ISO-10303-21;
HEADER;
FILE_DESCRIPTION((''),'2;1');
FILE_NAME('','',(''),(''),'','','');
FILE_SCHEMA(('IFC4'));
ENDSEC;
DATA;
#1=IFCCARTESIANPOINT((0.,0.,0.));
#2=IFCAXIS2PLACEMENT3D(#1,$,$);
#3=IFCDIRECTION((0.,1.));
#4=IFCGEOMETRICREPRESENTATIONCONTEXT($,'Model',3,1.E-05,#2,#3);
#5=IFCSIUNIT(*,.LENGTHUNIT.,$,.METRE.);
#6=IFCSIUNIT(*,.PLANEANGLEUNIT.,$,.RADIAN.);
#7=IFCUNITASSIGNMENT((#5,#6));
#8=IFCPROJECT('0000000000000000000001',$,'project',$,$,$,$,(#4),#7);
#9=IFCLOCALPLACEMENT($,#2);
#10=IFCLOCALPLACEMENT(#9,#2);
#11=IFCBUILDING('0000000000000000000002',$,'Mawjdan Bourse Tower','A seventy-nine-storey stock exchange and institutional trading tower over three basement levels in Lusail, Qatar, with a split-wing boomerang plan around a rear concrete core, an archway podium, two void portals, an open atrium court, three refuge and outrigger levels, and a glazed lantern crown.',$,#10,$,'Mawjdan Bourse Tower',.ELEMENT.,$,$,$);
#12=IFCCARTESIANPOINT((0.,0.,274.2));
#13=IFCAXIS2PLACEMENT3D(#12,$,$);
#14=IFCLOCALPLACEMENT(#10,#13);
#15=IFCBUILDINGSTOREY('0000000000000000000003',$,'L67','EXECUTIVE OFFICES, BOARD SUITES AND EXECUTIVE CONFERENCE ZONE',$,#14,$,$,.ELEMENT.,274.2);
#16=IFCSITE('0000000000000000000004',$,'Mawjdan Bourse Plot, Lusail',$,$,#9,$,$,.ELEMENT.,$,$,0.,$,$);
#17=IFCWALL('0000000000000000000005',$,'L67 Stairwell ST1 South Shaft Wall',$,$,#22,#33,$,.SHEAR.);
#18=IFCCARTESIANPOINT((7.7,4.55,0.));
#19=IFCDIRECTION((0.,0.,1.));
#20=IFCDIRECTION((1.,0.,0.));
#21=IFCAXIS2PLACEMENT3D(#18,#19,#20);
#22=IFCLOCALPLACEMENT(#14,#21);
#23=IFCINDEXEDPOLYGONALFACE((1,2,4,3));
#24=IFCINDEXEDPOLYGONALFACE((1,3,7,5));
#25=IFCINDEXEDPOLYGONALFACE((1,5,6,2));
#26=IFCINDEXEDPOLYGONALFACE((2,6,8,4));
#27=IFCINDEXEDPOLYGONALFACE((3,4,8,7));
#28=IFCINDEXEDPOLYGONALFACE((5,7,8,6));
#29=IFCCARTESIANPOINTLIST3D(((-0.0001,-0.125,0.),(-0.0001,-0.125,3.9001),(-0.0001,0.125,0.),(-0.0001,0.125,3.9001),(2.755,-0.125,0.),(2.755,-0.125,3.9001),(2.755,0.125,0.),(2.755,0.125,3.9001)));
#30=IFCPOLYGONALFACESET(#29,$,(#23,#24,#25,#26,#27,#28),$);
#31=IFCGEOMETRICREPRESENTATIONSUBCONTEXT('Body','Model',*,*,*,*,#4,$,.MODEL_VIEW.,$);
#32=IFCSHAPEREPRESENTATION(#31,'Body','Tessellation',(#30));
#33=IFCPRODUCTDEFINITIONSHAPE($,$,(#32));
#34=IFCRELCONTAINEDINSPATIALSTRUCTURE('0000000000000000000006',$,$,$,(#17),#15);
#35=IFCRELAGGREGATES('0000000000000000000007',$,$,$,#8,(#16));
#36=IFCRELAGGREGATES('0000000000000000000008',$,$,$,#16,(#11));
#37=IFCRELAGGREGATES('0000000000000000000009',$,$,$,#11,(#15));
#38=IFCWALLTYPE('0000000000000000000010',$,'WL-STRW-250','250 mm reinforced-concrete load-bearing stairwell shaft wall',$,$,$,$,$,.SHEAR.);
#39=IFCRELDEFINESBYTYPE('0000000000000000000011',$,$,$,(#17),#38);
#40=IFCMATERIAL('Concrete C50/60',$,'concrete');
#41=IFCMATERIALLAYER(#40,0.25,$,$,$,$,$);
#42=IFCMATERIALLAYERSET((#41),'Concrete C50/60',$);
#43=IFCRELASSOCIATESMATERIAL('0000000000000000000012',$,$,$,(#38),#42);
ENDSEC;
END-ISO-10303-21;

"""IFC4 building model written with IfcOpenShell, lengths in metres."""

from ifc_helpers import new_model, si_unit, direction, frame, frame_2d, origin, place, context, subcontext, project, spatial, rectangle, extrude, material, layer, layer_set, type_object, element, save


model = new_model("IFC4")

# Units and contexts
model_context = context("Model", 3, precision=1e-05, world=origin(), true_north=direction((0.0, 1.0)))
body_context = subcontext(model_context, "Body", "Model", "MODEL_VIEW")
ifc_project = project(units=[si_unit("LENGTHUNIT", "METRE"), si_unit("PLANEANGLEUNIT", "RADIAN")], contexts=[model_context])

# Site, building, storey
site_placement = place(None, origin())
site = spatial("IfcSite", under=ifc_project, at=site_placement, Name="Mawjdan Bourse Plot, Lusail", CompositionType="ELEMENT", RefElevation=0.0)
building_placement = place(site_placement, origin())
building = spatial("IfcBuilding", under=site, at=building_placement, Name="Mawjdan Bourse Tower", Description="A seventy-nine-storey stock exchange and institutional trading tower over three basement levels in Lusail, Qatar, with a split-wing boomerang plan around a rear concrete core, an archway podium, two void portals, an open atrium court, three refuge and outrigger levels, and a glazed lantern crown.", LongName="Mawjdan Bourse Tower", CompositionType="ELEMENT")
storey_placement = place(building_placement, frame((0.0, 0.0, 274.2)))
storey = spatial("IfcBuildingStorey", under=building, at=storey_placement, Name="L67", Description="EXECUTIVE OFFICES, BOARD SUITES AND EXECUTIVE CONFERENCE ZONE", CompositionType="ELEMENT", Elevation=274.2)

# Shared definitions
ifc_material_1 = material(Name="Concrete C50/60", Category="concrete")

# Wall
ifc_layer_1 = layer(ifc_material_1, 0.25)
ifc_layer_set_1 = layer_set([ifc_layer_1], Name="Concrete C50/60")
wall_type_1 = type_object("IfcWallType", Name="WL-STRW-250", Description="250 mm reinforced-concrete load-bearing stairwell shaft wall", PredefinedType="SHEAR", material=ifc_layer_set_1)
wall_1_placement = place(storey_placement, frame((7.7, 4.55, 0.0), z_axis=(0.0, 0.0, 1.0), x_axis=(1.0, 0.0, 0.0)))
element("IfcWall", 1, at=wall_1_placement, inside=storey, type_object=wall_type_1, Name="L67 Stairwell ST1 South Shaft Wall", PredefinedType="SHEAR", context=body_context, shape_type="SweptSolid", body=[
    extrude(rectangle(XDim=2.7551, YDim=0.25, at=frame_2d((1.3774, 0.0))), origin(), (0.0, 0.0, 1.0), 3.9001),
])

save(model, "model.ifc")
